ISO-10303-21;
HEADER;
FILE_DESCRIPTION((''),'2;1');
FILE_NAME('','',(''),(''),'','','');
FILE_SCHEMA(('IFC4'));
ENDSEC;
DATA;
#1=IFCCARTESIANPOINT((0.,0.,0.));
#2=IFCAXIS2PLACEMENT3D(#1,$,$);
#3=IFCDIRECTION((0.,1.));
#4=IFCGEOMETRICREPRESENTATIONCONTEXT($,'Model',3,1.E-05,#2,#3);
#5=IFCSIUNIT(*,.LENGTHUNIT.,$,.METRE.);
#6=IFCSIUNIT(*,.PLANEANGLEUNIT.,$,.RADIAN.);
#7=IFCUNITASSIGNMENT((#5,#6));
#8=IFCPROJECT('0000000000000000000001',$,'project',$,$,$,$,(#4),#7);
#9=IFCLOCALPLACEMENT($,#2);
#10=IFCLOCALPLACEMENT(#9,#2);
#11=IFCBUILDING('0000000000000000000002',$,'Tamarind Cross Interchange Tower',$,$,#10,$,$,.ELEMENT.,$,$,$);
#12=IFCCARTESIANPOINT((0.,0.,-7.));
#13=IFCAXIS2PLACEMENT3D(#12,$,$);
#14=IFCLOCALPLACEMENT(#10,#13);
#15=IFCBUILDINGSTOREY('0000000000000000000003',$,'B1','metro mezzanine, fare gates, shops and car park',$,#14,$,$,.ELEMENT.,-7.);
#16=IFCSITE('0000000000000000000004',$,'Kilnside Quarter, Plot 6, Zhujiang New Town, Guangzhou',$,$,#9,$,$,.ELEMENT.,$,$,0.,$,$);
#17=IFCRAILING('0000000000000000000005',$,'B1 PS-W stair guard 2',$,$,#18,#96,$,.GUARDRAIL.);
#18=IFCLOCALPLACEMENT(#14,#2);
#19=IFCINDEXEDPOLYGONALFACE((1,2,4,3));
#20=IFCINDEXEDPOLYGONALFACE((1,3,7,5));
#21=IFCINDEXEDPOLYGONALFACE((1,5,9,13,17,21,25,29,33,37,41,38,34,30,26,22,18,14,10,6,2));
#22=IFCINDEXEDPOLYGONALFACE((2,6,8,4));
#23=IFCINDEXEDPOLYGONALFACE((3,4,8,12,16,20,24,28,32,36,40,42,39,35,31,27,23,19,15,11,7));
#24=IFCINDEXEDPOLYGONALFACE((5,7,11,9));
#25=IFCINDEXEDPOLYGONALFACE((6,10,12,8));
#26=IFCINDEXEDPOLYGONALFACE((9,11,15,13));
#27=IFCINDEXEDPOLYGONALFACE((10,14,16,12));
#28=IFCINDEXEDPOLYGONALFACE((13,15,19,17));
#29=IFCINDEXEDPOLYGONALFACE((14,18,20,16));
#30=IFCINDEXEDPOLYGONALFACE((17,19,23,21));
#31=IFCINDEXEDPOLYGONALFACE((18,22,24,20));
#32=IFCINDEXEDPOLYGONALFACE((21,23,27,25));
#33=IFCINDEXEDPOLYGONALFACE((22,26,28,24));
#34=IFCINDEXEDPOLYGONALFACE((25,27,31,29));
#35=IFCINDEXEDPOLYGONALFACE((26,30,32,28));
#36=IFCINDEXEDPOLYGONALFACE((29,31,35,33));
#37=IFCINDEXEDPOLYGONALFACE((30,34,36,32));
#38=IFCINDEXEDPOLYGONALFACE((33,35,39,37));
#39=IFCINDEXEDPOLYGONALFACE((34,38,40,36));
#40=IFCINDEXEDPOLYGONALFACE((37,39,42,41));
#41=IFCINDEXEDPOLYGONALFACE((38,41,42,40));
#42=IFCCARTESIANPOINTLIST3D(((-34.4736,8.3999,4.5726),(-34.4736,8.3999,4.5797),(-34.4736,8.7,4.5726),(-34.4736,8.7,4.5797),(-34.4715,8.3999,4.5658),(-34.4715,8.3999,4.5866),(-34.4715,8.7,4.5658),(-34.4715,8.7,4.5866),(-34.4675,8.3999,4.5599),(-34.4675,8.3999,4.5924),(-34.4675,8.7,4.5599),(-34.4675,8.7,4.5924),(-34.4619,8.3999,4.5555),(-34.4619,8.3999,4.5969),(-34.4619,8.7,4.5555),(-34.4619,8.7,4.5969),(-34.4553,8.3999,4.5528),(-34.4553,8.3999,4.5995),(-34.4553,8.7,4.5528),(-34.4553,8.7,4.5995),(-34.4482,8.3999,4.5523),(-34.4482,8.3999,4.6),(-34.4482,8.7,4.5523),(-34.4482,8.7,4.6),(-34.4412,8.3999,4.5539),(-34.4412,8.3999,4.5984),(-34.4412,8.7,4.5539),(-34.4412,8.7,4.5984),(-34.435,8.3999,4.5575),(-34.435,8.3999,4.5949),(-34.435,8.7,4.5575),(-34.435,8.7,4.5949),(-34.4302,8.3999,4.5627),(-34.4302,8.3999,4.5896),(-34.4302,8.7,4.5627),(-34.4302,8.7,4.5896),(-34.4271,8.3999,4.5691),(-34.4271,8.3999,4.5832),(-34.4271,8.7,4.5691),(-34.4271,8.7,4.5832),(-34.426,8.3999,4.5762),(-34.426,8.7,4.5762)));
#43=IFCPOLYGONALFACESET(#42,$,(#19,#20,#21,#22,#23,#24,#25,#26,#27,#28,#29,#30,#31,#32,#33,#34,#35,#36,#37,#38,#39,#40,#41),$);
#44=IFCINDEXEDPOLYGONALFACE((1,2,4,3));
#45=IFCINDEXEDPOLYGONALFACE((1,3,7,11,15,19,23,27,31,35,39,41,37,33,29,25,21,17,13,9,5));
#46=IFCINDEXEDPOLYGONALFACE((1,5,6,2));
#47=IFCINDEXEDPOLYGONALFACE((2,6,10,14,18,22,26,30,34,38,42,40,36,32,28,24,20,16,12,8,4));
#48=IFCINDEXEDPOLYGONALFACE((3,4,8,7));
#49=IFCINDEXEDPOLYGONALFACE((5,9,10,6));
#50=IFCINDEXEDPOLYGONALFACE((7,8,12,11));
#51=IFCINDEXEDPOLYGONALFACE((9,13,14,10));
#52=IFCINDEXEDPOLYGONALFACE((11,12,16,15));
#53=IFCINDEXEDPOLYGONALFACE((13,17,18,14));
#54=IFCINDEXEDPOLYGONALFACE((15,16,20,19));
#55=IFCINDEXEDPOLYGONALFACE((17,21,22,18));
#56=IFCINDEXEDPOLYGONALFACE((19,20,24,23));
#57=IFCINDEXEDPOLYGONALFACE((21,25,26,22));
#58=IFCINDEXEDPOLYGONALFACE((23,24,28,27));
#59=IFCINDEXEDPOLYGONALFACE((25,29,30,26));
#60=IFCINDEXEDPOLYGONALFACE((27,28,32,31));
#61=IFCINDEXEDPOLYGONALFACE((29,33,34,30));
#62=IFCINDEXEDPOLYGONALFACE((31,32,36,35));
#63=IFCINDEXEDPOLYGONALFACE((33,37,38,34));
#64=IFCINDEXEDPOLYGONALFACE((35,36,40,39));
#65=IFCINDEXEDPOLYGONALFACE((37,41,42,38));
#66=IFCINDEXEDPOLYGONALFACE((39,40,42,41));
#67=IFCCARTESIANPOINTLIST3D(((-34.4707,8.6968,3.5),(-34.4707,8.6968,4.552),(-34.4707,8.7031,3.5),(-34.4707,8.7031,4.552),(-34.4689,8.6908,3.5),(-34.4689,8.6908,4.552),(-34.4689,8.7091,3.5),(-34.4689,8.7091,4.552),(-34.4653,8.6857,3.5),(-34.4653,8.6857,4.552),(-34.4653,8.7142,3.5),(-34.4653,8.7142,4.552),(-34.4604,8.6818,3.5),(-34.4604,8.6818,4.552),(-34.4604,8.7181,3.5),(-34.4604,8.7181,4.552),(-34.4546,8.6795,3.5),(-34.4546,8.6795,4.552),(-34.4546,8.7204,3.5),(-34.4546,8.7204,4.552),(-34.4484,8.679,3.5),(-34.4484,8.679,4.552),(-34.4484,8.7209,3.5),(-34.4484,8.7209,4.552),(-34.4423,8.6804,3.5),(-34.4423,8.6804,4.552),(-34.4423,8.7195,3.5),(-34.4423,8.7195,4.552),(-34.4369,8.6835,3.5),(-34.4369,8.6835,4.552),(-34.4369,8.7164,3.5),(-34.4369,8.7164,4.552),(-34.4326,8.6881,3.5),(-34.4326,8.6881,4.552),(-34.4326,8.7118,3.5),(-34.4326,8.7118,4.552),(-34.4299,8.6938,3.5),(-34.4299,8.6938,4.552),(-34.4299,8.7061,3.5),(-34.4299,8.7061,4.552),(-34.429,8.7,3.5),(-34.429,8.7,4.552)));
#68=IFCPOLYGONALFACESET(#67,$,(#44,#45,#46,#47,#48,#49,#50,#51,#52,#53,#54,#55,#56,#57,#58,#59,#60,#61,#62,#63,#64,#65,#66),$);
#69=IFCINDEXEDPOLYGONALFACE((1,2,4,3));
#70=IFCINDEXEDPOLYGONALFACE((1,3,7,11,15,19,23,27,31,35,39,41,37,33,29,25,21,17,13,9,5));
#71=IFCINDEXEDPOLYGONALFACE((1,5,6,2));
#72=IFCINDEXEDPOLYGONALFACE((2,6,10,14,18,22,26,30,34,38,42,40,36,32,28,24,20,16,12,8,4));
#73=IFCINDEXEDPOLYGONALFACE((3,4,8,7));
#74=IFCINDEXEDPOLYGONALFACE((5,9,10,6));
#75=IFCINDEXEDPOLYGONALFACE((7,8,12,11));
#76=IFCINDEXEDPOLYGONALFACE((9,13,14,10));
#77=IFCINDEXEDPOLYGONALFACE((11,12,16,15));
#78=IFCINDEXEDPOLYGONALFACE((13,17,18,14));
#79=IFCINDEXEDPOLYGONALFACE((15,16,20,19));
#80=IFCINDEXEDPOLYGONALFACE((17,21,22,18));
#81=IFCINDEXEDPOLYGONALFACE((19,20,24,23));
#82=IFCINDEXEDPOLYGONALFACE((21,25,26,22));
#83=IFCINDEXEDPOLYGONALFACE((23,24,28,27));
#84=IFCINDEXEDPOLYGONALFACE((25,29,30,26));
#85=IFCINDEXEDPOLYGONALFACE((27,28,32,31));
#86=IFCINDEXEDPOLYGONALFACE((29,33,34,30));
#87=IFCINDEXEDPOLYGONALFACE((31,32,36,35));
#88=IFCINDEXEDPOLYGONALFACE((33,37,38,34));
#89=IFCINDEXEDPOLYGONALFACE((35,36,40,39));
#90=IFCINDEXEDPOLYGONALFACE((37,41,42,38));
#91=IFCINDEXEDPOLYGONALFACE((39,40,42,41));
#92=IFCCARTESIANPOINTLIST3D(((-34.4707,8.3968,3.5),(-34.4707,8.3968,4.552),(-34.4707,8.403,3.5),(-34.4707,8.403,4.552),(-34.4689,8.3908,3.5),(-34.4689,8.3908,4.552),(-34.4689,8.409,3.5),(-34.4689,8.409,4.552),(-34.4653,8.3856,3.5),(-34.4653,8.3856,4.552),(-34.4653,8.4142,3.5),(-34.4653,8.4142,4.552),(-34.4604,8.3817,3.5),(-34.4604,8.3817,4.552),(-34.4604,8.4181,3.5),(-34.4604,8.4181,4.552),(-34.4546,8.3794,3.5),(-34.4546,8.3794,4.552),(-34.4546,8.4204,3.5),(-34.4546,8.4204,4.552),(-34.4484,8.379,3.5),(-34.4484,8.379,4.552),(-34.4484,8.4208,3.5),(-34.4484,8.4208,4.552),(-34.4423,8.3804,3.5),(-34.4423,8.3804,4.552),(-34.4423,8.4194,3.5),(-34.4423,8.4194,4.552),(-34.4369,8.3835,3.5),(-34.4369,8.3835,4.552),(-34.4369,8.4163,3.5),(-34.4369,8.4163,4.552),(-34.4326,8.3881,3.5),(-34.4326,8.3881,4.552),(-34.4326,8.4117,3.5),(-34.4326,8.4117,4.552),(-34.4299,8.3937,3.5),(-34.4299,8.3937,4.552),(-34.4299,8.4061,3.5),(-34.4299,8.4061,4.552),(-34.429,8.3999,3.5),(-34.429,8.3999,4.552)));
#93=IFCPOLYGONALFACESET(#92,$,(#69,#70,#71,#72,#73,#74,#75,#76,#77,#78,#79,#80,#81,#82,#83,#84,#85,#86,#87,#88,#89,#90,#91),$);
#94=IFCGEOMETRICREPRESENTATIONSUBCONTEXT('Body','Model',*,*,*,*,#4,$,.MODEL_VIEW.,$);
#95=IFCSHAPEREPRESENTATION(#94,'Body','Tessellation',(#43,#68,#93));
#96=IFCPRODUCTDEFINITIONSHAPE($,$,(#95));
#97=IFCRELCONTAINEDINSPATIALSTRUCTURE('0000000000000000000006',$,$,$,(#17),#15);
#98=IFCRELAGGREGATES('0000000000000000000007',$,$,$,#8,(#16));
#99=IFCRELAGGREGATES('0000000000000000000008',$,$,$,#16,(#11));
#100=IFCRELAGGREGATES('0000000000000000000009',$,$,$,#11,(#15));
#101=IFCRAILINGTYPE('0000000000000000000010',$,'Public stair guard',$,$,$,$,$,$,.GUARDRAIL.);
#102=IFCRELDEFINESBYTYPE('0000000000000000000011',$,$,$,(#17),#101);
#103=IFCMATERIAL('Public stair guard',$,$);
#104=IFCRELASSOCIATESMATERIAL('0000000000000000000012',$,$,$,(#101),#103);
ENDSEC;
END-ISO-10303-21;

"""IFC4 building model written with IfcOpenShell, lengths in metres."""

from ifc_helpers import new_model, si_unit, direction, frame, origin, origin_2d, place, context, subcontext, project, spatial, circle, extrude, material, type_object, element, save


model = new_model("IFC4")

# Units and contexts
model_context = context("Model", 3, precision=1e-05, world=origin(), true_north=direction((0.0, 1.0)))
body_context = subcontext(model_context, "Body", "Model", "MODEL_VIEW")
ifc_project = project(units=[si_unit("LENGTHUNIT", "METRE"), si_unit("PLANEANGLEUNIT", "RADIAN")], contexts=[model_context])

# Site, building, storey
site_placement = place(None, origin())
site = spatial("IfcSite", under=ifc_project, at=site_placement, Name="Kilnside Quarter, Plot 6, Zhujiang New Town, Guangzhou", CompositionType="ELEMENT", RefElevation=0.0)
building_placement = place(site_placement, origin())
building = spatial("IfcBuilding", under=site, at=building_placement, Name="Tamarind Cross Interchange Tower", CompositionType="ELEMENT")
storey_placement = place(building_placement, frame((0.0, 0.0, -7.0)))
storey = spatial("IfcBuildingStorey", under=building, at=storey_placement, Name="B1", Description="metro mezzanine, fare gates, shops and car park", CompositionType="ELEMENT", Elevation=-7.0)

# Railing
ifc_material_1 = material(Name="Public stair guard")
railing_type_1 = type_object("IfcRailingType", Name="Public stair guard", PredefinedType="GUARDRAIL", material=ifc_material_1)
railing_1_placement = place(storey_placement, frame((-34.45, 8.7, 3.5)))
element("IfcRailing", 1, at=railing_1_placement, inside=storey, type_object=railing_type_1, Name="B1 PS-W stair guard 2", PredefinedType="GUARDRAIL", context=body_context, shape_type="SweptSolid", body=[
    extrude(circle(Radius=0.0239, at=origin_2d()), frame((0.0, 0.0, 1.0762), z_axis=(0.0, -1.0, 0.0), x_axis=(1.0, 0.0, 0.0)), (0.0, 0.0, 1.0), 0.3),
    extrude(circle(Radius=0.021, at=origin_2d()), origin(), (0.0, 0.0, 1.0), 1.052),
    extrude(circle(Radius=0.021, at=origin_2d()), frame((0.0, -0.3, 0.0)), (0.0, 0.0, 1.0), 1.052),
])

save(model, "model.ifc")
